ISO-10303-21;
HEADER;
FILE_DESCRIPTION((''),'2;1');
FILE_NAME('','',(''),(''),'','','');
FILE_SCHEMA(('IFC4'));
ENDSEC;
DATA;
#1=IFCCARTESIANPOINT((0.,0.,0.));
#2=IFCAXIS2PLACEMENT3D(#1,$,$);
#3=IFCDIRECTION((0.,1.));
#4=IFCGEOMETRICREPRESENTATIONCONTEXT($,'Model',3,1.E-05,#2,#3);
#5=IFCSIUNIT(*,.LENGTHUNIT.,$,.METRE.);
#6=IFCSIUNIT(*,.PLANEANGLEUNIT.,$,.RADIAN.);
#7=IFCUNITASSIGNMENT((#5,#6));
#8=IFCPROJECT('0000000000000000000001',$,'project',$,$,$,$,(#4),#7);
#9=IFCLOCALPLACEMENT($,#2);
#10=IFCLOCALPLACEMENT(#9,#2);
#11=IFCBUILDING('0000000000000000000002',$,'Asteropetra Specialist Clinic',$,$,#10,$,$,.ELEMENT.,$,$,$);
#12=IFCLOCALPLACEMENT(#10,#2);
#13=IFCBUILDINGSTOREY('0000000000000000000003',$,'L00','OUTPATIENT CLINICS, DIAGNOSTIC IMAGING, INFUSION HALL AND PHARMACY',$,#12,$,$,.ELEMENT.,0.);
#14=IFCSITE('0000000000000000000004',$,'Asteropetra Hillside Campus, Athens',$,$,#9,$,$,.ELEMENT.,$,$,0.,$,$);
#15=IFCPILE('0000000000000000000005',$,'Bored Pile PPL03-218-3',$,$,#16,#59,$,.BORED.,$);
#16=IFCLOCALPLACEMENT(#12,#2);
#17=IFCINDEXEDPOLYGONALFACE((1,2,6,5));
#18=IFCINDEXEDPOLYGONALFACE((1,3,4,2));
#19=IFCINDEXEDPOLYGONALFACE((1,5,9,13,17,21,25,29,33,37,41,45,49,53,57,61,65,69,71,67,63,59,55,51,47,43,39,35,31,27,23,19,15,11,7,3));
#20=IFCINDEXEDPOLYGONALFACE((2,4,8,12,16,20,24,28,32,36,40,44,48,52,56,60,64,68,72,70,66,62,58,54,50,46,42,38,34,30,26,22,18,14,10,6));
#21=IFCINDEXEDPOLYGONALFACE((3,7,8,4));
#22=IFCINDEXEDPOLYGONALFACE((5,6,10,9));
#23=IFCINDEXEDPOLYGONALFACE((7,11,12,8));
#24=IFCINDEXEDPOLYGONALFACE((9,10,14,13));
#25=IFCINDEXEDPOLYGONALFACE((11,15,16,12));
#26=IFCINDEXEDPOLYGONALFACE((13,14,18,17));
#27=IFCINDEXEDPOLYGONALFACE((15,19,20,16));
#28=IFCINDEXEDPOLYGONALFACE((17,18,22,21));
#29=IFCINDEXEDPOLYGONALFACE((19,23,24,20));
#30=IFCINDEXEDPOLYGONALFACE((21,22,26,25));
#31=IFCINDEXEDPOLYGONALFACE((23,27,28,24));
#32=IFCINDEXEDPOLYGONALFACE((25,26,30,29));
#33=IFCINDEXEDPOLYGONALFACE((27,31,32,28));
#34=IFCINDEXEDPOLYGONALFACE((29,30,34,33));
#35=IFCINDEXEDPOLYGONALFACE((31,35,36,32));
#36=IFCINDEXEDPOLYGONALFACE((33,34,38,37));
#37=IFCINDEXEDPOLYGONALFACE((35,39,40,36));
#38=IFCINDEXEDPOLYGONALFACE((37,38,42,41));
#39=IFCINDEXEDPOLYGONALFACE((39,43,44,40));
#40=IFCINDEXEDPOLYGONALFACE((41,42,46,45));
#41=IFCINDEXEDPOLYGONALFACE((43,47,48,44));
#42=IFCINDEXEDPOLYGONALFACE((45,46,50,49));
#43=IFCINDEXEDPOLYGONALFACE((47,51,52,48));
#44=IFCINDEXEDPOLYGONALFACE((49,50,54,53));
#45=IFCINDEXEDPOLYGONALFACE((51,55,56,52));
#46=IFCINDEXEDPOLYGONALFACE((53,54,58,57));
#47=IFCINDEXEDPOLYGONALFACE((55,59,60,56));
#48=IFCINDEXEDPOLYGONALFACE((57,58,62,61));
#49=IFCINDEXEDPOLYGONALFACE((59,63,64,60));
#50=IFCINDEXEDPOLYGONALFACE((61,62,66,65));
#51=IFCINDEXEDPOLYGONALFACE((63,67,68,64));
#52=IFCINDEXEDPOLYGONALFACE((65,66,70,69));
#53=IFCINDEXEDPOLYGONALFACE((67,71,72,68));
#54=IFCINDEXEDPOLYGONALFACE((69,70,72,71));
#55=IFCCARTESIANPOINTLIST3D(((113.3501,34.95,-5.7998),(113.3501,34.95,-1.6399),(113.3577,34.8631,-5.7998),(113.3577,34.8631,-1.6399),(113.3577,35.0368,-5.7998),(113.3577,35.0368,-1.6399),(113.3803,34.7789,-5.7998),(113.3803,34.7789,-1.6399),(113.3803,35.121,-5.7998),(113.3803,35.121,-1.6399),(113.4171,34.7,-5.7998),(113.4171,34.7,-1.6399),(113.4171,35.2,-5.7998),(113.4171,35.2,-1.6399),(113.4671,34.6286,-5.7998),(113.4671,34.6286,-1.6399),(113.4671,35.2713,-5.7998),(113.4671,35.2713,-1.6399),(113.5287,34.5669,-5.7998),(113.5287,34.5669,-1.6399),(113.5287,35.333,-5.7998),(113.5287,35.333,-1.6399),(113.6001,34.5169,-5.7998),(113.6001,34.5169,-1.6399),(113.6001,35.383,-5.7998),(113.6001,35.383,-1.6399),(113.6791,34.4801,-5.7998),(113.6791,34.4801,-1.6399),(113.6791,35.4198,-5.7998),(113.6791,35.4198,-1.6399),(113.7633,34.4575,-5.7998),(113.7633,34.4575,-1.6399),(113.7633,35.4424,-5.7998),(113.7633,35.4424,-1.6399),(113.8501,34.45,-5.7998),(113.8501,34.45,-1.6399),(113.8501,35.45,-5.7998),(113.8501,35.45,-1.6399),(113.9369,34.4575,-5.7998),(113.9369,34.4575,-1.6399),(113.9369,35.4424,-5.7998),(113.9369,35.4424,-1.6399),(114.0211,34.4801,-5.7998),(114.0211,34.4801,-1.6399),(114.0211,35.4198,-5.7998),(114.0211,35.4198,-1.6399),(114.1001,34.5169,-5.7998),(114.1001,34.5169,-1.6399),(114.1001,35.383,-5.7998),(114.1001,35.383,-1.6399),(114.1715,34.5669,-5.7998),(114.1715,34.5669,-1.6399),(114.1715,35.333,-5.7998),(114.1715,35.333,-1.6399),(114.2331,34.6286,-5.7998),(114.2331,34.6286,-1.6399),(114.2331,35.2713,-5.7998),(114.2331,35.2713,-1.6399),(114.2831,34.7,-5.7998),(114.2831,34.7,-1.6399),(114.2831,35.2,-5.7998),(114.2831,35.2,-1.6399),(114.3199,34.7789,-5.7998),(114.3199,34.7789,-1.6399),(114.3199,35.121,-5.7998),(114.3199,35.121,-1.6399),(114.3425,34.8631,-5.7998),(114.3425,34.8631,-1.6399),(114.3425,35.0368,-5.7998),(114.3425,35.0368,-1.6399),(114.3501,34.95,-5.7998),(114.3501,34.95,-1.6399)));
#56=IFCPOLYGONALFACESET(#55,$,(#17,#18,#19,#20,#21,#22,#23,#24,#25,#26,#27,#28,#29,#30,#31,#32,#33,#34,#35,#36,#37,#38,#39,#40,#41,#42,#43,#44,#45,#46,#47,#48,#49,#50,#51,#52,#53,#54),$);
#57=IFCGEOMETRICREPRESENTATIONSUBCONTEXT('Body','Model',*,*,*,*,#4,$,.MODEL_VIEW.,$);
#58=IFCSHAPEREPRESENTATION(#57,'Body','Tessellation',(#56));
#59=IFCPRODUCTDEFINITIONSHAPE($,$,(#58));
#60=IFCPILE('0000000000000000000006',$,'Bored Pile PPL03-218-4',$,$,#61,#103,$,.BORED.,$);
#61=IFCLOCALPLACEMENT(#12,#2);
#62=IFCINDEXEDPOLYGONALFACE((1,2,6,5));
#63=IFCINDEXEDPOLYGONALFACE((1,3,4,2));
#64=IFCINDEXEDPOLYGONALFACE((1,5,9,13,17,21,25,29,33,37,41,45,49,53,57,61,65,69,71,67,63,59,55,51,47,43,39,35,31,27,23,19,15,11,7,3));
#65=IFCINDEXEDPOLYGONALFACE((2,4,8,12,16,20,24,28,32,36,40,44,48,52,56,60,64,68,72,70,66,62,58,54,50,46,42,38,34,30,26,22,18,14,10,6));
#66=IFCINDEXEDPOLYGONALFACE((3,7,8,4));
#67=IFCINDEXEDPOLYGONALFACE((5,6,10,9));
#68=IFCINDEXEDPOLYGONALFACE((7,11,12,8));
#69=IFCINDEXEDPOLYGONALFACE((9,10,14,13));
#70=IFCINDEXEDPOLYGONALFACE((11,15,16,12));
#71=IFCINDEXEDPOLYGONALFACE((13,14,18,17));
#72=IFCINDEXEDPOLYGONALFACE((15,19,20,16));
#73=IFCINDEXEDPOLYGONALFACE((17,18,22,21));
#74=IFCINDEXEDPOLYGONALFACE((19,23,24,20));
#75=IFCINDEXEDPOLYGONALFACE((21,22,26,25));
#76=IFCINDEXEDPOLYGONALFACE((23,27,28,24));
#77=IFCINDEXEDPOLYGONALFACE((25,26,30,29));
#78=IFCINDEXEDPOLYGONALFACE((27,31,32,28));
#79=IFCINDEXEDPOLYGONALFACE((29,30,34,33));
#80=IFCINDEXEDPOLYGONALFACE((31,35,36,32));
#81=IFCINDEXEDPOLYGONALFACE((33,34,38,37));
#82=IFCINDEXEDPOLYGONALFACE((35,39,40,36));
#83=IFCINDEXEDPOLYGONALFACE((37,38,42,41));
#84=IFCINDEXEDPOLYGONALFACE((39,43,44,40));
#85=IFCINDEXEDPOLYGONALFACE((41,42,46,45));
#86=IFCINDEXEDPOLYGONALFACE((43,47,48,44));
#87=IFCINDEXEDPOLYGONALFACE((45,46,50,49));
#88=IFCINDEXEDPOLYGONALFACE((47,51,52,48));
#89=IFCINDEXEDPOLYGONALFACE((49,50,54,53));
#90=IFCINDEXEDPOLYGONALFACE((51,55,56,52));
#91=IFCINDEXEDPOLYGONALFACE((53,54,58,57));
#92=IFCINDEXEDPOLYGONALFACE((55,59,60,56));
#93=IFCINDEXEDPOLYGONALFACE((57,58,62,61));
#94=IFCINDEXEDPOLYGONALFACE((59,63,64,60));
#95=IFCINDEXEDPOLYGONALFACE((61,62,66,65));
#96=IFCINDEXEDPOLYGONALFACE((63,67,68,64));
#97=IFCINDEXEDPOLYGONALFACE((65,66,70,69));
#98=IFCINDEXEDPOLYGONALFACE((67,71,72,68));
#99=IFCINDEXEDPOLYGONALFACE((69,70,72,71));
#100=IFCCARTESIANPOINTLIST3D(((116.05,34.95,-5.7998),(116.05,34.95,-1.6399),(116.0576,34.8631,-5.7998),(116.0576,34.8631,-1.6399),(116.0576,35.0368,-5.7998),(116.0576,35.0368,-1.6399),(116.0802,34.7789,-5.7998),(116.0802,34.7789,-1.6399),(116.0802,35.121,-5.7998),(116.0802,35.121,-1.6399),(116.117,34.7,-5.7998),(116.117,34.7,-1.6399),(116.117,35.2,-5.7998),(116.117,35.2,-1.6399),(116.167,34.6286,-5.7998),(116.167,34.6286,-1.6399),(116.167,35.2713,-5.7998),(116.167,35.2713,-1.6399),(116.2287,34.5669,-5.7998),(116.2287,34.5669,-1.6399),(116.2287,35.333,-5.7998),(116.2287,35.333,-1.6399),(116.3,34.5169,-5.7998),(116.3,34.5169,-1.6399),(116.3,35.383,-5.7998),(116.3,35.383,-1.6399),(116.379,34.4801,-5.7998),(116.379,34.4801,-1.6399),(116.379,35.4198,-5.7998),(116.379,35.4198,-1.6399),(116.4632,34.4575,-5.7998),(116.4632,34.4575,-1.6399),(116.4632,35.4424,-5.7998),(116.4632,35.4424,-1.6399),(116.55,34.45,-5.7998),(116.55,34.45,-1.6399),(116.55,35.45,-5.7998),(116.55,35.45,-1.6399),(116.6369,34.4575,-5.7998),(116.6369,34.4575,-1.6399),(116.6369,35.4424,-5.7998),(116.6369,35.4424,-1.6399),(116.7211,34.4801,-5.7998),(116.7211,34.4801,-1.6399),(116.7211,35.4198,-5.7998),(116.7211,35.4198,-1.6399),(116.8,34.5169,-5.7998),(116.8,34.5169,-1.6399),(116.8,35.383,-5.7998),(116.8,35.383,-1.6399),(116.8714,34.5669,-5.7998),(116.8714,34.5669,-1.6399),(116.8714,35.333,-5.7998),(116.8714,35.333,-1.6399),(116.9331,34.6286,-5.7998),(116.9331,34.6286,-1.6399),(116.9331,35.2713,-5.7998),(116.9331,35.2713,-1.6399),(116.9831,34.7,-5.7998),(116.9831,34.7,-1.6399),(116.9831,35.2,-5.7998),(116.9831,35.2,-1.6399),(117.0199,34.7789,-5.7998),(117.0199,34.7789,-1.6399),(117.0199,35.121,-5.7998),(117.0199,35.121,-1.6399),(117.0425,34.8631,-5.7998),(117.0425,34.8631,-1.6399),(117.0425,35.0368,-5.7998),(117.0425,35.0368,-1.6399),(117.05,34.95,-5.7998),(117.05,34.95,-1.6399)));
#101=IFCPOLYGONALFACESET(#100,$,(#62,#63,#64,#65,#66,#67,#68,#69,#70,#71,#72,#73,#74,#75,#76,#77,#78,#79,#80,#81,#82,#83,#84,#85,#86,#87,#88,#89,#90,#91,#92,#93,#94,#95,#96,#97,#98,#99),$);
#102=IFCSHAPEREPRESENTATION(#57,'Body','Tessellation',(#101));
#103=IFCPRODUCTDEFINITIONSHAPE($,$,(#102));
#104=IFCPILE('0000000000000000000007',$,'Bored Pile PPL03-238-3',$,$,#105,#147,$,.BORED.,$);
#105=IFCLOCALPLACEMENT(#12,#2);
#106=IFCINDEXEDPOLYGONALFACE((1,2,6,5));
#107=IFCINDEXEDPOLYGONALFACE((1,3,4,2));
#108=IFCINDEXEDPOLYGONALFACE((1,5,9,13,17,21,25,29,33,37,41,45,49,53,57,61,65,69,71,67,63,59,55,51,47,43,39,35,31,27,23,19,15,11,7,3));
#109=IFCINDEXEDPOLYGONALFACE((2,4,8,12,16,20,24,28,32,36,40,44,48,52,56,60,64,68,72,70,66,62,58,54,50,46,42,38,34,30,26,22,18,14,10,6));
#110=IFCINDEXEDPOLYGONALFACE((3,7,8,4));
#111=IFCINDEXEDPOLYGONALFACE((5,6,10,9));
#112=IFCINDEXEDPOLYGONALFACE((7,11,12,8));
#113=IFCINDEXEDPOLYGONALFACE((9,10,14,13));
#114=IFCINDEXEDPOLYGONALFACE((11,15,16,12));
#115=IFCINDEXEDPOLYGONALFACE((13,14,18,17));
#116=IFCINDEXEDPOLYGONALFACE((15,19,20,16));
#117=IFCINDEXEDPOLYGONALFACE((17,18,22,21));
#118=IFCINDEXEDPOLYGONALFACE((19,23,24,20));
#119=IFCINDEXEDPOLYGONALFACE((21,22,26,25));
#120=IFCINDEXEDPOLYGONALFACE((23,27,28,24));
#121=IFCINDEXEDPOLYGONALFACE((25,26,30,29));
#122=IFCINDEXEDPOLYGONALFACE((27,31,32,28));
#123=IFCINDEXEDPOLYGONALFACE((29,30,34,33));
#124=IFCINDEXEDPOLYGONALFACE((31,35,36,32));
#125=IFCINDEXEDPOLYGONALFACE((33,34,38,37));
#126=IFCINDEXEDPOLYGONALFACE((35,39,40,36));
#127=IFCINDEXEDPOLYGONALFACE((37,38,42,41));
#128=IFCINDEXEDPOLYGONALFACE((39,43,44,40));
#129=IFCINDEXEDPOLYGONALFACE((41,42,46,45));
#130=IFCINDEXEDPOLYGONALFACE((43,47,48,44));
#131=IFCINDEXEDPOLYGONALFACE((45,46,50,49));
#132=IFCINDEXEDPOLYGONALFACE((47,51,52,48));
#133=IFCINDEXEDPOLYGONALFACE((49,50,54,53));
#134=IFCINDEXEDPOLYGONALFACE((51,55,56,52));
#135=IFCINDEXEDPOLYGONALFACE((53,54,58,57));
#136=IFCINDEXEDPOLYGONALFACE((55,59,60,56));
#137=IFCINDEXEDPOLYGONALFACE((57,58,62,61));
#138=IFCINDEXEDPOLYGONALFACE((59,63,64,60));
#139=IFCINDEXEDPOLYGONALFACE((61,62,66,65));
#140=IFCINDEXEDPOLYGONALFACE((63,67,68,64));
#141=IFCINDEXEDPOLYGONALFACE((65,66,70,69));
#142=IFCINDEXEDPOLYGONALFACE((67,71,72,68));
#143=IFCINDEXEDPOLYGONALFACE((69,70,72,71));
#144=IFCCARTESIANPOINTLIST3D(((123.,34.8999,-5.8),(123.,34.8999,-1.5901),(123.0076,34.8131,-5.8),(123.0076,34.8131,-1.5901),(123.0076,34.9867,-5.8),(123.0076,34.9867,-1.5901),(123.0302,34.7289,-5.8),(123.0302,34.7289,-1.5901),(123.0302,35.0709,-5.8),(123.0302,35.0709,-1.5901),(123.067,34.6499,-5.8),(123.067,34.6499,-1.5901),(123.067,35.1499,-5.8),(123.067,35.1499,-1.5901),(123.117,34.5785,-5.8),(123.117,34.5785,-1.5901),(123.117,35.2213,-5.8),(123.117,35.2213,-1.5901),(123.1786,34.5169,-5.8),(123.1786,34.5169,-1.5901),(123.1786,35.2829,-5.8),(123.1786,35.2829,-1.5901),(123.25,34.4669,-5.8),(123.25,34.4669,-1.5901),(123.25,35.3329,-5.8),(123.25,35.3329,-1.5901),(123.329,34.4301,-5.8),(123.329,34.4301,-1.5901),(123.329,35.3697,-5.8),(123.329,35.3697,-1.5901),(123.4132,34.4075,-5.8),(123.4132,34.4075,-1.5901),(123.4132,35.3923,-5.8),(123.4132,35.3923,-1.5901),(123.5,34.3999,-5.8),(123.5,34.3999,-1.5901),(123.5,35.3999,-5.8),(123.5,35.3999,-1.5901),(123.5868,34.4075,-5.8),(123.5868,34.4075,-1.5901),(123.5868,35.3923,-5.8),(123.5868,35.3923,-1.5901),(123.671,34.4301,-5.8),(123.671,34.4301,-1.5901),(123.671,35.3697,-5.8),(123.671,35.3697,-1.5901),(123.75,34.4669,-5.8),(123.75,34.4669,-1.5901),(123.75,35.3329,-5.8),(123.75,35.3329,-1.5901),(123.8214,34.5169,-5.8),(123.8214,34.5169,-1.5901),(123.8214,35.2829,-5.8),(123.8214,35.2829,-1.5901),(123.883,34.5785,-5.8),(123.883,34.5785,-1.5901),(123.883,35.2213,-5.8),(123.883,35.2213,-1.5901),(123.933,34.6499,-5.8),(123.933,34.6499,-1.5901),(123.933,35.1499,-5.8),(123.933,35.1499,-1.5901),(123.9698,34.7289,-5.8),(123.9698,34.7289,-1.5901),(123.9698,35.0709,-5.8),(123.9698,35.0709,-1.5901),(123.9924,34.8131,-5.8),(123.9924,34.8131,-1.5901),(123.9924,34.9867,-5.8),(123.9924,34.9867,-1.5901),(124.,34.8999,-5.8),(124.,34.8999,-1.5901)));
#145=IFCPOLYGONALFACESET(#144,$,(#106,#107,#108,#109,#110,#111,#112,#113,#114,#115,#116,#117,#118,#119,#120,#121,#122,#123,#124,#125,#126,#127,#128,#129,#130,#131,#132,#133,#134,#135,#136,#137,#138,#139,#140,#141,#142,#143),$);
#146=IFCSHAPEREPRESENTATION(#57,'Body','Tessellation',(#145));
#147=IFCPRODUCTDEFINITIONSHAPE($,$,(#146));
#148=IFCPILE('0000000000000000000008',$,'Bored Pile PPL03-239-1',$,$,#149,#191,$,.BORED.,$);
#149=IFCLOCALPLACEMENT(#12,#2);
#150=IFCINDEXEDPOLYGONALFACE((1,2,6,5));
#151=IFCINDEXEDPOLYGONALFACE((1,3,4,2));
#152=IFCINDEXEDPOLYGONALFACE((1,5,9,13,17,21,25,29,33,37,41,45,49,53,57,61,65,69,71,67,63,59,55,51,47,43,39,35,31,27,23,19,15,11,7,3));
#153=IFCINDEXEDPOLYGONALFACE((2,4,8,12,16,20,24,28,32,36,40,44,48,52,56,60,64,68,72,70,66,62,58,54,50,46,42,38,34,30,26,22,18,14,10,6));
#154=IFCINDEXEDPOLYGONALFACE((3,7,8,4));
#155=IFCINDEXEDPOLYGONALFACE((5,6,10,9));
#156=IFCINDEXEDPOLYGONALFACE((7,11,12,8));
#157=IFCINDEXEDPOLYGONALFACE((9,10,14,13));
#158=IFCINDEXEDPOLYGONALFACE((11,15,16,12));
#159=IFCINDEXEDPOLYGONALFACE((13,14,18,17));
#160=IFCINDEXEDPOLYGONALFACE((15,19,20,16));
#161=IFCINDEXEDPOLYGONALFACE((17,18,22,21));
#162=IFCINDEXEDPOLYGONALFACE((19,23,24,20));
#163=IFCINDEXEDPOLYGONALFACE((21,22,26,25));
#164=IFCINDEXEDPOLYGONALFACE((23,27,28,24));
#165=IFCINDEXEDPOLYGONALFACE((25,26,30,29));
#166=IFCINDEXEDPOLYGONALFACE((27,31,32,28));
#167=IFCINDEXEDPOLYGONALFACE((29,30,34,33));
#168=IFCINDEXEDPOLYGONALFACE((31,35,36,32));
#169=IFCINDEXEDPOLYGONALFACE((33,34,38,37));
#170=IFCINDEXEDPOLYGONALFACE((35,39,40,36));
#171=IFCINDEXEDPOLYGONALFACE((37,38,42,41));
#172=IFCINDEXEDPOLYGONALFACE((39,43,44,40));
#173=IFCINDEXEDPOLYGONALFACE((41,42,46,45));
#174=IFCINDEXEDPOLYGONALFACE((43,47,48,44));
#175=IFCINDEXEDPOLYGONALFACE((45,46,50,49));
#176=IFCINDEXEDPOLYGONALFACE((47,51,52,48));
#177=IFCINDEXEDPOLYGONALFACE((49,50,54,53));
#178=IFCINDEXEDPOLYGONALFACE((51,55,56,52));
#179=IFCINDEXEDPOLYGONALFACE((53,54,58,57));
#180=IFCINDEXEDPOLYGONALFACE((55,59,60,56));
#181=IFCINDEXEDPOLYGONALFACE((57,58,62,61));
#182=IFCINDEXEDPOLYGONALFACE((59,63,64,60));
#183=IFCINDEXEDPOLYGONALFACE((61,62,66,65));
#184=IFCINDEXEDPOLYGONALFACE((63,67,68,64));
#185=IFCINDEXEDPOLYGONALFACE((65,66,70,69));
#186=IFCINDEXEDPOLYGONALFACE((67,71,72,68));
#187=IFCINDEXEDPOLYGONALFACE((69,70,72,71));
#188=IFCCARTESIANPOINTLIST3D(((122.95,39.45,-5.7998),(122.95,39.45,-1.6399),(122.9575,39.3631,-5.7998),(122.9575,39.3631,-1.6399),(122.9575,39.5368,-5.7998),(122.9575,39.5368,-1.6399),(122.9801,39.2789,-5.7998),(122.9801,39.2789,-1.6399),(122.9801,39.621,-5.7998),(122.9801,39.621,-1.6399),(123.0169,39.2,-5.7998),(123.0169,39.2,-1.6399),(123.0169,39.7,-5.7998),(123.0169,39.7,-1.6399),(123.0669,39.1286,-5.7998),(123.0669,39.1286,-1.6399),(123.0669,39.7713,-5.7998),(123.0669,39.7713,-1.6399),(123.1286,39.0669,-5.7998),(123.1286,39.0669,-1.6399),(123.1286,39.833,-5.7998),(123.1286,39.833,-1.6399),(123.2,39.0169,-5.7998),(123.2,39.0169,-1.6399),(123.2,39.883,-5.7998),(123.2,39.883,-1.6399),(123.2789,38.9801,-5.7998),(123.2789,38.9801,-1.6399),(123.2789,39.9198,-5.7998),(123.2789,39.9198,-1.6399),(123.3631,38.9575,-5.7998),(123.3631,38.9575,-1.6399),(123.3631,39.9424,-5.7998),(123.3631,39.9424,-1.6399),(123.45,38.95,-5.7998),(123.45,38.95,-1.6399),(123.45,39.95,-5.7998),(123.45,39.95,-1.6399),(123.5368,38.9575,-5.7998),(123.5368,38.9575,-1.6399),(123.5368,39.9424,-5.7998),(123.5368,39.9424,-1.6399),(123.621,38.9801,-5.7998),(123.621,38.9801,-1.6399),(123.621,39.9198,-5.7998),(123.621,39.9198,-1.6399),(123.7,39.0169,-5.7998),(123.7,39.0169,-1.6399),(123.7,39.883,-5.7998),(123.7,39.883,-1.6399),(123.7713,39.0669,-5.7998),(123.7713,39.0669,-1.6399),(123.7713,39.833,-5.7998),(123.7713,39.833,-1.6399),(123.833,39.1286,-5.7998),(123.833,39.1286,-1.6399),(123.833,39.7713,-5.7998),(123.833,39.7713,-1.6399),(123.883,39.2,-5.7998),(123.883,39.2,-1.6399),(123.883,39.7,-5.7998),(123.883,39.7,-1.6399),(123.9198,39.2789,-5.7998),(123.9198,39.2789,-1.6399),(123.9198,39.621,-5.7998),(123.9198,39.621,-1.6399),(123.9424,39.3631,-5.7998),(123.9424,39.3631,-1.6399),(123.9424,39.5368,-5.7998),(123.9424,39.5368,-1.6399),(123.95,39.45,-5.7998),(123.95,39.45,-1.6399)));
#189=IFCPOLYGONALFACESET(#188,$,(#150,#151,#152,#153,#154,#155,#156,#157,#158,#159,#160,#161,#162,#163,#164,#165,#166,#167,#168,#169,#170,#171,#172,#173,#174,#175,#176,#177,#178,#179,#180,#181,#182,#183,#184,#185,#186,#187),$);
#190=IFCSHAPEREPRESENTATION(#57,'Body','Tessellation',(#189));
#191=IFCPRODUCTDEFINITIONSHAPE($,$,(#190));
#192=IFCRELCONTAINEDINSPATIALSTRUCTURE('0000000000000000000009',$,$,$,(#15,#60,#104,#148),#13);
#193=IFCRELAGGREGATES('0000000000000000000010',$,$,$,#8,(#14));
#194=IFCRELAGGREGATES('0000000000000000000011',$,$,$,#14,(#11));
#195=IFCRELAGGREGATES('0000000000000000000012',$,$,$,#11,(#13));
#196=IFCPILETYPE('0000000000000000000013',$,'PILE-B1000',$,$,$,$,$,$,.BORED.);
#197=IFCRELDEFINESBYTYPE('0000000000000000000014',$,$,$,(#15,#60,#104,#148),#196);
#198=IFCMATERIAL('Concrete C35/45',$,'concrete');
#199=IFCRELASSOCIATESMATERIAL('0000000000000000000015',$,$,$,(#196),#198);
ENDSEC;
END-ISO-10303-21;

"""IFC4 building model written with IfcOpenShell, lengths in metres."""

from ifc_helpers import new_model, si_unit, direction, frame, origin, origin_2d, place, context, subcontext, project, spatial, circle, extrude, material, material_profile, profile_set, type_object, element, save


model = new_model("IFC4")

# Units and contexts
model_context = context("Model", 3, precision=1e-05, world=origin(), true_north=direction((0.0, 1.0)))
body_context = subcontext(model_context, "Body", "Model", "MODEL_VIEW")
ifc_project = project(units=[si_unit("LENGTHUNIT", "METRE"), si_unit("PLANEANGLEUNIT", "RADIAN")], contexts=[model_context])

# Site, building, storey
site_placement = place(None, origin())
site = spatial("IfcSite", under=ifc_project, at=site_placement, Name="Asteropetra Hillside Campus, Athens", CompositionType="ELEMENT", RefElevation=0.0)
building_placement = place(site_placement, origin())
building = spatial("IfcBuilding", under=site, at=building_placement, Name="Asteropetra Specialist Clinic", CompositionType="ELEMENT")
storey_placement = place(building_placement, origin())
storey = spatial("IfcBuildingStorey", under=building, at=storey_placement, Name="L00", Description="OUTPATIENT CLINICS, DIAGNOSTIC IMAGING, INFUSION HALL AND PHARMACY", CompositionType="ELEMENT", Elevation=0.0)

# Piles
ifc_material_1 = material(Name="Concrete C35/45", Category="concrete")
ifc_material_profile_1 = material_profile(ifc_material_1, circle(Radius=0.5, at=origin_2d()), Name="PILE D1000")
ifc_profile_set_1 = profile_set([ifc_material_profile_1], Name="Concrete C35/45")
pile_type_1 = type_object("IfcPileType", Name="PILE-B1000", PredefinedType="BORED", material=ifc_profile_set_1)
for number, where, z_axis, x_axis, name in (
    (1, (113.8501, 34.95, -1.6399), (0.0, 0.0, -1.0), (1.0, 0.0, 0.0), "Bored Pile PPL03-218-3"),
    (2, (116.55, 34.95, -1.6399), (0.0, 0.0, -1.0), (1.0, 0.0, 0.0), "Bored Pile PPL03-218-4"),
):
    element("IfcPile", number, at=place(storey_placement, frame(where, z_axis=z_axis, x_axis=x_axis)), inside=storey, type_object=pile_type_1, Name=name, PredefinedType="BORED", context=body_context, shape_type="SweptSolid", body=[
        extrude(circle(Radius=0.5, at=origin_2d()), origin(), (0.0, 0.0, 1.0), 4.1599),
    ])
pile_placement = place(storey_placement, frame((123.5, 34.8999, -1.5901), z_axis=(0.0, 0.0, -1.0), x_axis=(1.0, 0.0, 0.0)))
element("IfcPile", 3, at=pile_placement, inside=storey, type_object=pile_type_1, Name="Bored Pile PPL03-238-3", PredefinedType="BORED", context=body_context, shape_type="SweptSolid", body=[
    extrude(circle(Radius=0.5, at=origin_2d()), origin(), (0.0, 0.0, 1.0), 4.21),
])
for number, where, z_axis, x_axis, name in (
    (4, (123.45, 39.45, -1.6399), (0.0, 0.0, -1.0), (1.0, 0.0, 0.0), "Bored Pile PPL03-239-1"),
):
    element("IfcPile", number, at=place(storey_placement, frame(where, z_axis=z_axis, x_axis=x_axis)), inside=storey, type_object=pile_type_1, Name=name, PredefinedType="BORED", context=body_context, shape_type="SweptSolid", body=[
        extrude(circle(Radius=0.5, at=origin_2d()), origin(), (0.0, 0.0, 1.0), 4.1599),
    ])

save(model, "model.ifc")
